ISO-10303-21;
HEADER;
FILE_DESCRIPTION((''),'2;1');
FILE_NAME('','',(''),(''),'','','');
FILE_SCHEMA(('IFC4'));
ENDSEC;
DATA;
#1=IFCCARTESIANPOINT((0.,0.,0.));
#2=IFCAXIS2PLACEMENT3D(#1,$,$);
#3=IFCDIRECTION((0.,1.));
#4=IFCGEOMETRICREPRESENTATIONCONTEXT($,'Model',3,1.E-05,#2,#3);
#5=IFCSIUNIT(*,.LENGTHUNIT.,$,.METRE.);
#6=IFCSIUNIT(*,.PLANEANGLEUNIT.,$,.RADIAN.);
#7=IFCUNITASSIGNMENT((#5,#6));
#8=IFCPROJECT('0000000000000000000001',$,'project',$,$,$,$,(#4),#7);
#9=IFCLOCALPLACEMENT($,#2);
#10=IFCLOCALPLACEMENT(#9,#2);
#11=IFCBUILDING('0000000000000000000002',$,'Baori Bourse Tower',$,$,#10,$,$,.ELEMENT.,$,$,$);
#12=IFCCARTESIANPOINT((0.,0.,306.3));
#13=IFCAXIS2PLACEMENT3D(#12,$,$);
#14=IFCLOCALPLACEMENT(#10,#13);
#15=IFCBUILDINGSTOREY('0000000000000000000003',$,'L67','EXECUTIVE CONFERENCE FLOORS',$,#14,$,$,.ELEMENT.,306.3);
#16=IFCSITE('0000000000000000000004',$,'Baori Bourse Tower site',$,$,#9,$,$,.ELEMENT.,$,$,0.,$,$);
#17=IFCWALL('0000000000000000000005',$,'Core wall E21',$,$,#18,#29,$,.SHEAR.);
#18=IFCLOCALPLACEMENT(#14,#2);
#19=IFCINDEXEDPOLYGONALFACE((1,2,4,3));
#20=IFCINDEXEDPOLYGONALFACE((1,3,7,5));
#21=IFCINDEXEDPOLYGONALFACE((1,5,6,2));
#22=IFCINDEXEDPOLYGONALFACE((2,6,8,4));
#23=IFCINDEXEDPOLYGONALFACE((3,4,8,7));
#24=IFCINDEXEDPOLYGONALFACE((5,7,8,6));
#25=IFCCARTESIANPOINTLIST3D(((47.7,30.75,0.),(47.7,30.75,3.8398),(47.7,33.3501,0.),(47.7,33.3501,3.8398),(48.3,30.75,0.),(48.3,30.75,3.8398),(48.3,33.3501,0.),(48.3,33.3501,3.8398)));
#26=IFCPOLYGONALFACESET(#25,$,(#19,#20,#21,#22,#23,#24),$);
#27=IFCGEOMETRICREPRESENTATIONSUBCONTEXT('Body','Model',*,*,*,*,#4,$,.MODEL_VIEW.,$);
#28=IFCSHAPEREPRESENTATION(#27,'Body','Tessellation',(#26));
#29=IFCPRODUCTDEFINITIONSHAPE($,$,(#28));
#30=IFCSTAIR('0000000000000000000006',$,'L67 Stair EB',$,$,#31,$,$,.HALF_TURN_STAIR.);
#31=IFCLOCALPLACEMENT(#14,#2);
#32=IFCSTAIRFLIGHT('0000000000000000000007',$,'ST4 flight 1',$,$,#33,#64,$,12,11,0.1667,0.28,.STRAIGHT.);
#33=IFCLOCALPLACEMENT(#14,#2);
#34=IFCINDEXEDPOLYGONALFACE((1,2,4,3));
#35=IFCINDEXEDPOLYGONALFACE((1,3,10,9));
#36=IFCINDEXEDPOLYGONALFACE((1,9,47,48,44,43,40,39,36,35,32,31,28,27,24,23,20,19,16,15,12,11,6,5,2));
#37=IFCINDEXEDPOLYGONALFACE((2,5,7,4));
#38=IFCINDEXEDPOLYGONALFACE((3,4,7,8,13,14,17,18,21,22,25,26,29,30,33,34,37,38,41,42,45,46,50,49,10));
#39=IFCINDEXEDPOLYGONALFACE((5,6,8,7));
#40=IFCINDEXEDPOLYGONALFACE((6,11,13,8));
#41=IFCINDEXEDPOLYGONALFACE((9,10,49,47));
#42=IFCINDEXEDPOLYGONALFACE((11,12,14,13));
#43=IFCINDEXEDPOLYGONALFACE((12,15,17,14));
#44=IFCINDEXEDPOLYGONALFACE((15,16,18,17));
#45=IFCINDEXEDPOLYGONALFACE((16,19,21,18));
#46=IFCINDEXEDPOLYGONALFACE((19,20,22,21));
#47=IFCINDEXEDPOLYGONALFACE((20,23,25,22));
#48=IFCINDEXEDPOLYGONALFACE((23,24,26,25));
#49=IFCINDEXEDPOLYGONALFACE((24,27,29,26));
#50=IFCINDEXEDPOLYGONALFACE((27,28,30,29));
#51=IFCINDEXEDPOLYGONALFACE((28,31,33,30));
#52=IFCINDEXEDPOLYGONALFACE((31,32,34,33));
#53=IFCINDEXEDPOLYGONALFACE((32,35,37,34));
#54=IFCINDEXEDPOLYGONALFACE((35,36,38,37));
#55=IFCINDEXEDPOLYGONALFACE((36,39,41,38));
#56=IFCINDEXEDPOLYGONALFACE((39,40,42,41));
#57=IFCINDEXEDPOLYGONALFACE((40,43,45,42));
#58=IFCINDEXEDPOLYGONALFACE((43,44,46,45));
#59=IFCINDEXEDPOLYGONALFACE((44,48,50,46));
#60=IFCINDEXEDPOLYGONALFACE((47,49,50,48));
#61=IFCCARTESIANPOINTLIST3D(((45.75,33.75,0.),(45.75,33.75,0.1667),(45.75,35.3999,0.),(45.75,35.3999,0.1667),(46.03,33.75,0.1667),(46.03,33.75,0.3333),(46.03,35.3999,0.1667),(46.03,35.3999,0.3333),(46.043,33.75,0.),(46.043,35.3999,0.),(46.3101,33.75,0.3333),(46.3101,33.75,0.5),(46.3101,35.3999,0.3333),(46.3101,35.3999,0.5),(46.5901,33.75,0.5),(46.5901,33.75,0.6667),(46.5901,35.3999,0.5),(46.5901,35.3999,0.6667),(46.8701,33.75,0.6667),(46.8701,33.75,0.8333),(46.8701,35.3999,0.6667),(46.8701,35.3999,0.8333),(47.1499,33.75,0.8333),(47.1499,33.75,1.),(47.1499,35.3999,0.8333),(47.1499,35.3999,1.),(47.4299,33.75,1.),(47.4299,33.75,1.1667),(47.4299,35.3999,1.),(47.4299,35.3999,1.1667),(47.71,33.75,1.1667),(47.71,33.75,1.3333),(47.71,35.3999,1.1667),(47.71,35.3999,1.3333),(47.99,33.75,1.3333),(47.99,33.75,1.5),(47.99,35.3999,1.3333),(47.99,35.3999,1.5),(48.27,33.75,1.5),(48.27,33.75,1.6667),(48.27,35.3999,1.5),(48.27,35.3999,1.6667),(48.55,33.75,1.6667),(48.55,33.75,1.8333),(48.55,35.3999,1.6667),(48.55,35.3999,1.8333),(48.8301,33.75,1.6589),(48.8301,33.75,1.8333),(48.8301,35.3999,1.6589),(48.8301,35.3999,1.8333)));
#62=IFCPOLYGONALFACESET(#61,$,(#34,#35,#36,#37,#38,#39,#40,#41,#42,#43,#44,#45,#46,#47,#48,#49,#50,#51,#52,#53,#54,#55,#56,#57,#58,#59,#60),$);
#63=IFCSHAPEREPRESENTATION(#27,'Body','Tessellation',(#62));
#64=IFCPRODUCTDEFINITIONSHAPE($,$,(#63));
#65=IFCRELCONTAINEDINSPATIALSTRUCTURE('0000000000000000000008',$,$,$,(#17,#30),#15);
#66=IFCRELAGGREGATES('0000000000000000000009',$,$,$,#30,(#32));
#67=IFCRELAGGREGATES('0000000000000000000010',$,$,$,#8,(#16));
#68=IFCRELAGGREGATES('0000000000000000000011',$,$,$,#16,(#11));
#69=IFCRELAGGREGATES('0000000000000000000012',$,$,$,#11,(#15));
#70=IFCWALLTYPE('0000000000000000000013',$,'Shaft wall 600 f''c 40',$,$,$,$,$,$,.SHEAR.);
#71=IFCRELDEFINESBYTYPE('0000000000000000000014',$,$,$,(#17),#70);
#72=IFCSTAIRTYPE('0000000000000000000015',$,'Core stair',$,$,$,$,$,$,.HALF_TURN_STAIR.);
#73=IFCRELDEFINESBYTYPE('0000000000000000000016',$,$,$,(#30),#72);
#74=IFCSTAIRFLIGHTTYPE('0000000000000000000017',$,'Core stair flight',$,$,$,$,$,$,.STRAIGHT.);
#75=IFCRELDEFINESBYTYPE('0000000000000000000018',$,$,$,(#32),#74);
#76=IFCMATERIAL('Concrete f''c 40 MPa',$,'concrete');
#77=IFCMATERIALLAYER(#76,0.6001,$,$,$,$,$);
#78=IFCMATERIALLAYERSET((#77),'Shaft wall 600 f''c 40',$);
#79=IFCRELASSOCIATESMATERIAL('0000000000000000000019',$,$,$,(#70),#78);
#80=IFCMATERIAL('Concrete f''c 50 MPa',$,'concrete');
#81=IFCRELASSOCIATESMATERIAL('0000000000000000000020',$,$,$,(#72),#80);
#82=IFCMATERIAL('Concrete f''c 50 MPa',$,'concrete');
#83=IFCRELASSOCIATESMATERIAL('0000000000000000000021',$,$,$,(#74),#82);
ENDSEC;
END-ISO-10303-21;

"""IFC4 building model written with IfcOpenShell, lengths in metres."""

from ifc_helpers import new_model, si_unit, direction, frame, frame_2d, origin, place, context, subcontext, project, spatial, polyline, rectangle, outline, extrude, material, layer, layer_set, type_object, element, aggregate, save


model = new_model("IFC4")

# Units and contexts
model_context = context("Model", 3, precision=1e-05, world=origin(), true_north=direction((0.0, 1.0)))
body_context = subcontext(model_context, "Body", "Model", "MODEL_VIEW")
ifc_project = project(units=[si_unit("LENGTHUNIT", "METRE"), si_unit("PLANEANGLEUNIT", "RADIAN")], contexts=[model_context])

# Site, building, storey
site_placement = place(None, origin())
site = spatial("IfcSite", under=ifc_project, at=site_placement, Name="Baori Bourse Tower site", CompositionType="ELEMENT", RefElevation=0.0)
building_placement = place(site_placement, origin())
building = spatial("IfcBuilding", under=site, at=building_placement, Name="Baori Bourse Tower", CompositionType="ELEMENT")
storey_placement = place(building_placement, frame((0.0, 0.0, 306.3)))
storey = spatial("IfcBuildingStorey", under=building, at=storey_placement, Name="L67", Description="EXECUTIVE CONFERENCE FLOORS", CompositionType="ELEMENT", Elevation=306.3)

# Wall
ifc_material_1 = material(Name="Concrete f'c 40 MPa", Category="concrete")
ifc_layer_1 = layer(ifc_material_1, 0.6001)
ifc_layer_set_1 = layer_set([ifc_layer_1], Name="Shaft wall 600 f'c 40")
wall_type_1 = type_object("IfcWallType", Name="Shaft wall 600 f'c 40", PredefinedType="SHEAR", material=ifc_layer_set_1)
for number, where, z_axis, x_axis, name in (
    (1, (48.0, 30.75, 0.0), (0.0, 0.0, 1.0), (0.0, 1.0, 0.0), "Core wall E21"),
):
    element("IfcWall", number, at=place(storey_placement, frame(where, z_axis=z_axis, x_axis=x_axis)), inside=storey, type_object=wall_type_1, Name=name, PredefinedType="SHEAR", context=body_context, shape_type="SweptSolid", body=[
        extrude(rectangle(XDim=2.6001, YDim=0.6001, at=frame_2d((1.3, 0.0))), origin(), (0.0, 0.0, 1.0), 3.8398),
    ])

# Stair, stair flight
ifc_material_2 = material(Name="Concrete f'c 50 MPa", Category="concrete")
stair_type = type_object("IfcStairType", Name="Core stair", PredefinedType="HALF_TURN_STAIR", material=ifc_material_2)
stair_placement = place(storey_placement, origin())
stair = element("IfcStair", 2, at=stair_placement, inside=storey, type_object=stair_type, Name="L67 Stair EB", PredefinedType="HALF_TURN_STAIR")
ifc_material_3 = material(Name="Concrete f'c 50 MPa", Category="concrete")
stair_flight_type = type_object("IfcStairFlightType", Name="Core stair flight", PredefinedType="STRAIGHT", material=ifc_material_3)
stair_flight_placement = place(storey_placement, frame((45.75, 34.575, 0.0), z_axis=(0.0, 0.0, 1.0), x_axis=(1.0, 0.0, 0.0)))
stair_flight = element("IfcStairFlight", 3, at=stair_flight_placement, type_object=stair_flight_type, Name="ST4 flight 1", NumberOfRisers=12, NumberOfTreads=11, PredefinedType="STRAIGHT", RiserHeight=0.1667, TreadLength=0.28, context=body_context, shape_type="SweptSolid", body=[
    extrude(outline(polyline([(0.0, 0.0), (0.0, 0.1667), (0.28, 0.1667), (0.28, 0.3333), (0.5601, 0.3333), (0.5601, 0.5), (0.8401, 0.5), (0.8401, 0.6667), (1.1201, 0.6667), (1.1201, 0.8333), (1.3999, 0.8333), (1.3999, 1.0), (1.6799, 1.0), (1.6799, 1.1667), (1.96, 1.1667), (1.96, 1.3333), (2.24, 1.3333), (2.24, 1.5), (2.52, 1.5), (2.52, 1.6667), (2.8, 1.6667), (2.8, 1.8333), (3.0801, 1.8333), (3.0801, 2.0), (3.0801, 1.6589), (0.293, 0.0), (0.0, 0.0)])), frame((0.0, 0.825, 0.0), z_axis=(0.0, -1.0, 0.0), x_axis=(1.0, 0.0, 0.0)), (0.0, 0.0, 1.0), 1.6499),
])
aggregate(stair, [stair_flight])

save(model, "model.ifc")
